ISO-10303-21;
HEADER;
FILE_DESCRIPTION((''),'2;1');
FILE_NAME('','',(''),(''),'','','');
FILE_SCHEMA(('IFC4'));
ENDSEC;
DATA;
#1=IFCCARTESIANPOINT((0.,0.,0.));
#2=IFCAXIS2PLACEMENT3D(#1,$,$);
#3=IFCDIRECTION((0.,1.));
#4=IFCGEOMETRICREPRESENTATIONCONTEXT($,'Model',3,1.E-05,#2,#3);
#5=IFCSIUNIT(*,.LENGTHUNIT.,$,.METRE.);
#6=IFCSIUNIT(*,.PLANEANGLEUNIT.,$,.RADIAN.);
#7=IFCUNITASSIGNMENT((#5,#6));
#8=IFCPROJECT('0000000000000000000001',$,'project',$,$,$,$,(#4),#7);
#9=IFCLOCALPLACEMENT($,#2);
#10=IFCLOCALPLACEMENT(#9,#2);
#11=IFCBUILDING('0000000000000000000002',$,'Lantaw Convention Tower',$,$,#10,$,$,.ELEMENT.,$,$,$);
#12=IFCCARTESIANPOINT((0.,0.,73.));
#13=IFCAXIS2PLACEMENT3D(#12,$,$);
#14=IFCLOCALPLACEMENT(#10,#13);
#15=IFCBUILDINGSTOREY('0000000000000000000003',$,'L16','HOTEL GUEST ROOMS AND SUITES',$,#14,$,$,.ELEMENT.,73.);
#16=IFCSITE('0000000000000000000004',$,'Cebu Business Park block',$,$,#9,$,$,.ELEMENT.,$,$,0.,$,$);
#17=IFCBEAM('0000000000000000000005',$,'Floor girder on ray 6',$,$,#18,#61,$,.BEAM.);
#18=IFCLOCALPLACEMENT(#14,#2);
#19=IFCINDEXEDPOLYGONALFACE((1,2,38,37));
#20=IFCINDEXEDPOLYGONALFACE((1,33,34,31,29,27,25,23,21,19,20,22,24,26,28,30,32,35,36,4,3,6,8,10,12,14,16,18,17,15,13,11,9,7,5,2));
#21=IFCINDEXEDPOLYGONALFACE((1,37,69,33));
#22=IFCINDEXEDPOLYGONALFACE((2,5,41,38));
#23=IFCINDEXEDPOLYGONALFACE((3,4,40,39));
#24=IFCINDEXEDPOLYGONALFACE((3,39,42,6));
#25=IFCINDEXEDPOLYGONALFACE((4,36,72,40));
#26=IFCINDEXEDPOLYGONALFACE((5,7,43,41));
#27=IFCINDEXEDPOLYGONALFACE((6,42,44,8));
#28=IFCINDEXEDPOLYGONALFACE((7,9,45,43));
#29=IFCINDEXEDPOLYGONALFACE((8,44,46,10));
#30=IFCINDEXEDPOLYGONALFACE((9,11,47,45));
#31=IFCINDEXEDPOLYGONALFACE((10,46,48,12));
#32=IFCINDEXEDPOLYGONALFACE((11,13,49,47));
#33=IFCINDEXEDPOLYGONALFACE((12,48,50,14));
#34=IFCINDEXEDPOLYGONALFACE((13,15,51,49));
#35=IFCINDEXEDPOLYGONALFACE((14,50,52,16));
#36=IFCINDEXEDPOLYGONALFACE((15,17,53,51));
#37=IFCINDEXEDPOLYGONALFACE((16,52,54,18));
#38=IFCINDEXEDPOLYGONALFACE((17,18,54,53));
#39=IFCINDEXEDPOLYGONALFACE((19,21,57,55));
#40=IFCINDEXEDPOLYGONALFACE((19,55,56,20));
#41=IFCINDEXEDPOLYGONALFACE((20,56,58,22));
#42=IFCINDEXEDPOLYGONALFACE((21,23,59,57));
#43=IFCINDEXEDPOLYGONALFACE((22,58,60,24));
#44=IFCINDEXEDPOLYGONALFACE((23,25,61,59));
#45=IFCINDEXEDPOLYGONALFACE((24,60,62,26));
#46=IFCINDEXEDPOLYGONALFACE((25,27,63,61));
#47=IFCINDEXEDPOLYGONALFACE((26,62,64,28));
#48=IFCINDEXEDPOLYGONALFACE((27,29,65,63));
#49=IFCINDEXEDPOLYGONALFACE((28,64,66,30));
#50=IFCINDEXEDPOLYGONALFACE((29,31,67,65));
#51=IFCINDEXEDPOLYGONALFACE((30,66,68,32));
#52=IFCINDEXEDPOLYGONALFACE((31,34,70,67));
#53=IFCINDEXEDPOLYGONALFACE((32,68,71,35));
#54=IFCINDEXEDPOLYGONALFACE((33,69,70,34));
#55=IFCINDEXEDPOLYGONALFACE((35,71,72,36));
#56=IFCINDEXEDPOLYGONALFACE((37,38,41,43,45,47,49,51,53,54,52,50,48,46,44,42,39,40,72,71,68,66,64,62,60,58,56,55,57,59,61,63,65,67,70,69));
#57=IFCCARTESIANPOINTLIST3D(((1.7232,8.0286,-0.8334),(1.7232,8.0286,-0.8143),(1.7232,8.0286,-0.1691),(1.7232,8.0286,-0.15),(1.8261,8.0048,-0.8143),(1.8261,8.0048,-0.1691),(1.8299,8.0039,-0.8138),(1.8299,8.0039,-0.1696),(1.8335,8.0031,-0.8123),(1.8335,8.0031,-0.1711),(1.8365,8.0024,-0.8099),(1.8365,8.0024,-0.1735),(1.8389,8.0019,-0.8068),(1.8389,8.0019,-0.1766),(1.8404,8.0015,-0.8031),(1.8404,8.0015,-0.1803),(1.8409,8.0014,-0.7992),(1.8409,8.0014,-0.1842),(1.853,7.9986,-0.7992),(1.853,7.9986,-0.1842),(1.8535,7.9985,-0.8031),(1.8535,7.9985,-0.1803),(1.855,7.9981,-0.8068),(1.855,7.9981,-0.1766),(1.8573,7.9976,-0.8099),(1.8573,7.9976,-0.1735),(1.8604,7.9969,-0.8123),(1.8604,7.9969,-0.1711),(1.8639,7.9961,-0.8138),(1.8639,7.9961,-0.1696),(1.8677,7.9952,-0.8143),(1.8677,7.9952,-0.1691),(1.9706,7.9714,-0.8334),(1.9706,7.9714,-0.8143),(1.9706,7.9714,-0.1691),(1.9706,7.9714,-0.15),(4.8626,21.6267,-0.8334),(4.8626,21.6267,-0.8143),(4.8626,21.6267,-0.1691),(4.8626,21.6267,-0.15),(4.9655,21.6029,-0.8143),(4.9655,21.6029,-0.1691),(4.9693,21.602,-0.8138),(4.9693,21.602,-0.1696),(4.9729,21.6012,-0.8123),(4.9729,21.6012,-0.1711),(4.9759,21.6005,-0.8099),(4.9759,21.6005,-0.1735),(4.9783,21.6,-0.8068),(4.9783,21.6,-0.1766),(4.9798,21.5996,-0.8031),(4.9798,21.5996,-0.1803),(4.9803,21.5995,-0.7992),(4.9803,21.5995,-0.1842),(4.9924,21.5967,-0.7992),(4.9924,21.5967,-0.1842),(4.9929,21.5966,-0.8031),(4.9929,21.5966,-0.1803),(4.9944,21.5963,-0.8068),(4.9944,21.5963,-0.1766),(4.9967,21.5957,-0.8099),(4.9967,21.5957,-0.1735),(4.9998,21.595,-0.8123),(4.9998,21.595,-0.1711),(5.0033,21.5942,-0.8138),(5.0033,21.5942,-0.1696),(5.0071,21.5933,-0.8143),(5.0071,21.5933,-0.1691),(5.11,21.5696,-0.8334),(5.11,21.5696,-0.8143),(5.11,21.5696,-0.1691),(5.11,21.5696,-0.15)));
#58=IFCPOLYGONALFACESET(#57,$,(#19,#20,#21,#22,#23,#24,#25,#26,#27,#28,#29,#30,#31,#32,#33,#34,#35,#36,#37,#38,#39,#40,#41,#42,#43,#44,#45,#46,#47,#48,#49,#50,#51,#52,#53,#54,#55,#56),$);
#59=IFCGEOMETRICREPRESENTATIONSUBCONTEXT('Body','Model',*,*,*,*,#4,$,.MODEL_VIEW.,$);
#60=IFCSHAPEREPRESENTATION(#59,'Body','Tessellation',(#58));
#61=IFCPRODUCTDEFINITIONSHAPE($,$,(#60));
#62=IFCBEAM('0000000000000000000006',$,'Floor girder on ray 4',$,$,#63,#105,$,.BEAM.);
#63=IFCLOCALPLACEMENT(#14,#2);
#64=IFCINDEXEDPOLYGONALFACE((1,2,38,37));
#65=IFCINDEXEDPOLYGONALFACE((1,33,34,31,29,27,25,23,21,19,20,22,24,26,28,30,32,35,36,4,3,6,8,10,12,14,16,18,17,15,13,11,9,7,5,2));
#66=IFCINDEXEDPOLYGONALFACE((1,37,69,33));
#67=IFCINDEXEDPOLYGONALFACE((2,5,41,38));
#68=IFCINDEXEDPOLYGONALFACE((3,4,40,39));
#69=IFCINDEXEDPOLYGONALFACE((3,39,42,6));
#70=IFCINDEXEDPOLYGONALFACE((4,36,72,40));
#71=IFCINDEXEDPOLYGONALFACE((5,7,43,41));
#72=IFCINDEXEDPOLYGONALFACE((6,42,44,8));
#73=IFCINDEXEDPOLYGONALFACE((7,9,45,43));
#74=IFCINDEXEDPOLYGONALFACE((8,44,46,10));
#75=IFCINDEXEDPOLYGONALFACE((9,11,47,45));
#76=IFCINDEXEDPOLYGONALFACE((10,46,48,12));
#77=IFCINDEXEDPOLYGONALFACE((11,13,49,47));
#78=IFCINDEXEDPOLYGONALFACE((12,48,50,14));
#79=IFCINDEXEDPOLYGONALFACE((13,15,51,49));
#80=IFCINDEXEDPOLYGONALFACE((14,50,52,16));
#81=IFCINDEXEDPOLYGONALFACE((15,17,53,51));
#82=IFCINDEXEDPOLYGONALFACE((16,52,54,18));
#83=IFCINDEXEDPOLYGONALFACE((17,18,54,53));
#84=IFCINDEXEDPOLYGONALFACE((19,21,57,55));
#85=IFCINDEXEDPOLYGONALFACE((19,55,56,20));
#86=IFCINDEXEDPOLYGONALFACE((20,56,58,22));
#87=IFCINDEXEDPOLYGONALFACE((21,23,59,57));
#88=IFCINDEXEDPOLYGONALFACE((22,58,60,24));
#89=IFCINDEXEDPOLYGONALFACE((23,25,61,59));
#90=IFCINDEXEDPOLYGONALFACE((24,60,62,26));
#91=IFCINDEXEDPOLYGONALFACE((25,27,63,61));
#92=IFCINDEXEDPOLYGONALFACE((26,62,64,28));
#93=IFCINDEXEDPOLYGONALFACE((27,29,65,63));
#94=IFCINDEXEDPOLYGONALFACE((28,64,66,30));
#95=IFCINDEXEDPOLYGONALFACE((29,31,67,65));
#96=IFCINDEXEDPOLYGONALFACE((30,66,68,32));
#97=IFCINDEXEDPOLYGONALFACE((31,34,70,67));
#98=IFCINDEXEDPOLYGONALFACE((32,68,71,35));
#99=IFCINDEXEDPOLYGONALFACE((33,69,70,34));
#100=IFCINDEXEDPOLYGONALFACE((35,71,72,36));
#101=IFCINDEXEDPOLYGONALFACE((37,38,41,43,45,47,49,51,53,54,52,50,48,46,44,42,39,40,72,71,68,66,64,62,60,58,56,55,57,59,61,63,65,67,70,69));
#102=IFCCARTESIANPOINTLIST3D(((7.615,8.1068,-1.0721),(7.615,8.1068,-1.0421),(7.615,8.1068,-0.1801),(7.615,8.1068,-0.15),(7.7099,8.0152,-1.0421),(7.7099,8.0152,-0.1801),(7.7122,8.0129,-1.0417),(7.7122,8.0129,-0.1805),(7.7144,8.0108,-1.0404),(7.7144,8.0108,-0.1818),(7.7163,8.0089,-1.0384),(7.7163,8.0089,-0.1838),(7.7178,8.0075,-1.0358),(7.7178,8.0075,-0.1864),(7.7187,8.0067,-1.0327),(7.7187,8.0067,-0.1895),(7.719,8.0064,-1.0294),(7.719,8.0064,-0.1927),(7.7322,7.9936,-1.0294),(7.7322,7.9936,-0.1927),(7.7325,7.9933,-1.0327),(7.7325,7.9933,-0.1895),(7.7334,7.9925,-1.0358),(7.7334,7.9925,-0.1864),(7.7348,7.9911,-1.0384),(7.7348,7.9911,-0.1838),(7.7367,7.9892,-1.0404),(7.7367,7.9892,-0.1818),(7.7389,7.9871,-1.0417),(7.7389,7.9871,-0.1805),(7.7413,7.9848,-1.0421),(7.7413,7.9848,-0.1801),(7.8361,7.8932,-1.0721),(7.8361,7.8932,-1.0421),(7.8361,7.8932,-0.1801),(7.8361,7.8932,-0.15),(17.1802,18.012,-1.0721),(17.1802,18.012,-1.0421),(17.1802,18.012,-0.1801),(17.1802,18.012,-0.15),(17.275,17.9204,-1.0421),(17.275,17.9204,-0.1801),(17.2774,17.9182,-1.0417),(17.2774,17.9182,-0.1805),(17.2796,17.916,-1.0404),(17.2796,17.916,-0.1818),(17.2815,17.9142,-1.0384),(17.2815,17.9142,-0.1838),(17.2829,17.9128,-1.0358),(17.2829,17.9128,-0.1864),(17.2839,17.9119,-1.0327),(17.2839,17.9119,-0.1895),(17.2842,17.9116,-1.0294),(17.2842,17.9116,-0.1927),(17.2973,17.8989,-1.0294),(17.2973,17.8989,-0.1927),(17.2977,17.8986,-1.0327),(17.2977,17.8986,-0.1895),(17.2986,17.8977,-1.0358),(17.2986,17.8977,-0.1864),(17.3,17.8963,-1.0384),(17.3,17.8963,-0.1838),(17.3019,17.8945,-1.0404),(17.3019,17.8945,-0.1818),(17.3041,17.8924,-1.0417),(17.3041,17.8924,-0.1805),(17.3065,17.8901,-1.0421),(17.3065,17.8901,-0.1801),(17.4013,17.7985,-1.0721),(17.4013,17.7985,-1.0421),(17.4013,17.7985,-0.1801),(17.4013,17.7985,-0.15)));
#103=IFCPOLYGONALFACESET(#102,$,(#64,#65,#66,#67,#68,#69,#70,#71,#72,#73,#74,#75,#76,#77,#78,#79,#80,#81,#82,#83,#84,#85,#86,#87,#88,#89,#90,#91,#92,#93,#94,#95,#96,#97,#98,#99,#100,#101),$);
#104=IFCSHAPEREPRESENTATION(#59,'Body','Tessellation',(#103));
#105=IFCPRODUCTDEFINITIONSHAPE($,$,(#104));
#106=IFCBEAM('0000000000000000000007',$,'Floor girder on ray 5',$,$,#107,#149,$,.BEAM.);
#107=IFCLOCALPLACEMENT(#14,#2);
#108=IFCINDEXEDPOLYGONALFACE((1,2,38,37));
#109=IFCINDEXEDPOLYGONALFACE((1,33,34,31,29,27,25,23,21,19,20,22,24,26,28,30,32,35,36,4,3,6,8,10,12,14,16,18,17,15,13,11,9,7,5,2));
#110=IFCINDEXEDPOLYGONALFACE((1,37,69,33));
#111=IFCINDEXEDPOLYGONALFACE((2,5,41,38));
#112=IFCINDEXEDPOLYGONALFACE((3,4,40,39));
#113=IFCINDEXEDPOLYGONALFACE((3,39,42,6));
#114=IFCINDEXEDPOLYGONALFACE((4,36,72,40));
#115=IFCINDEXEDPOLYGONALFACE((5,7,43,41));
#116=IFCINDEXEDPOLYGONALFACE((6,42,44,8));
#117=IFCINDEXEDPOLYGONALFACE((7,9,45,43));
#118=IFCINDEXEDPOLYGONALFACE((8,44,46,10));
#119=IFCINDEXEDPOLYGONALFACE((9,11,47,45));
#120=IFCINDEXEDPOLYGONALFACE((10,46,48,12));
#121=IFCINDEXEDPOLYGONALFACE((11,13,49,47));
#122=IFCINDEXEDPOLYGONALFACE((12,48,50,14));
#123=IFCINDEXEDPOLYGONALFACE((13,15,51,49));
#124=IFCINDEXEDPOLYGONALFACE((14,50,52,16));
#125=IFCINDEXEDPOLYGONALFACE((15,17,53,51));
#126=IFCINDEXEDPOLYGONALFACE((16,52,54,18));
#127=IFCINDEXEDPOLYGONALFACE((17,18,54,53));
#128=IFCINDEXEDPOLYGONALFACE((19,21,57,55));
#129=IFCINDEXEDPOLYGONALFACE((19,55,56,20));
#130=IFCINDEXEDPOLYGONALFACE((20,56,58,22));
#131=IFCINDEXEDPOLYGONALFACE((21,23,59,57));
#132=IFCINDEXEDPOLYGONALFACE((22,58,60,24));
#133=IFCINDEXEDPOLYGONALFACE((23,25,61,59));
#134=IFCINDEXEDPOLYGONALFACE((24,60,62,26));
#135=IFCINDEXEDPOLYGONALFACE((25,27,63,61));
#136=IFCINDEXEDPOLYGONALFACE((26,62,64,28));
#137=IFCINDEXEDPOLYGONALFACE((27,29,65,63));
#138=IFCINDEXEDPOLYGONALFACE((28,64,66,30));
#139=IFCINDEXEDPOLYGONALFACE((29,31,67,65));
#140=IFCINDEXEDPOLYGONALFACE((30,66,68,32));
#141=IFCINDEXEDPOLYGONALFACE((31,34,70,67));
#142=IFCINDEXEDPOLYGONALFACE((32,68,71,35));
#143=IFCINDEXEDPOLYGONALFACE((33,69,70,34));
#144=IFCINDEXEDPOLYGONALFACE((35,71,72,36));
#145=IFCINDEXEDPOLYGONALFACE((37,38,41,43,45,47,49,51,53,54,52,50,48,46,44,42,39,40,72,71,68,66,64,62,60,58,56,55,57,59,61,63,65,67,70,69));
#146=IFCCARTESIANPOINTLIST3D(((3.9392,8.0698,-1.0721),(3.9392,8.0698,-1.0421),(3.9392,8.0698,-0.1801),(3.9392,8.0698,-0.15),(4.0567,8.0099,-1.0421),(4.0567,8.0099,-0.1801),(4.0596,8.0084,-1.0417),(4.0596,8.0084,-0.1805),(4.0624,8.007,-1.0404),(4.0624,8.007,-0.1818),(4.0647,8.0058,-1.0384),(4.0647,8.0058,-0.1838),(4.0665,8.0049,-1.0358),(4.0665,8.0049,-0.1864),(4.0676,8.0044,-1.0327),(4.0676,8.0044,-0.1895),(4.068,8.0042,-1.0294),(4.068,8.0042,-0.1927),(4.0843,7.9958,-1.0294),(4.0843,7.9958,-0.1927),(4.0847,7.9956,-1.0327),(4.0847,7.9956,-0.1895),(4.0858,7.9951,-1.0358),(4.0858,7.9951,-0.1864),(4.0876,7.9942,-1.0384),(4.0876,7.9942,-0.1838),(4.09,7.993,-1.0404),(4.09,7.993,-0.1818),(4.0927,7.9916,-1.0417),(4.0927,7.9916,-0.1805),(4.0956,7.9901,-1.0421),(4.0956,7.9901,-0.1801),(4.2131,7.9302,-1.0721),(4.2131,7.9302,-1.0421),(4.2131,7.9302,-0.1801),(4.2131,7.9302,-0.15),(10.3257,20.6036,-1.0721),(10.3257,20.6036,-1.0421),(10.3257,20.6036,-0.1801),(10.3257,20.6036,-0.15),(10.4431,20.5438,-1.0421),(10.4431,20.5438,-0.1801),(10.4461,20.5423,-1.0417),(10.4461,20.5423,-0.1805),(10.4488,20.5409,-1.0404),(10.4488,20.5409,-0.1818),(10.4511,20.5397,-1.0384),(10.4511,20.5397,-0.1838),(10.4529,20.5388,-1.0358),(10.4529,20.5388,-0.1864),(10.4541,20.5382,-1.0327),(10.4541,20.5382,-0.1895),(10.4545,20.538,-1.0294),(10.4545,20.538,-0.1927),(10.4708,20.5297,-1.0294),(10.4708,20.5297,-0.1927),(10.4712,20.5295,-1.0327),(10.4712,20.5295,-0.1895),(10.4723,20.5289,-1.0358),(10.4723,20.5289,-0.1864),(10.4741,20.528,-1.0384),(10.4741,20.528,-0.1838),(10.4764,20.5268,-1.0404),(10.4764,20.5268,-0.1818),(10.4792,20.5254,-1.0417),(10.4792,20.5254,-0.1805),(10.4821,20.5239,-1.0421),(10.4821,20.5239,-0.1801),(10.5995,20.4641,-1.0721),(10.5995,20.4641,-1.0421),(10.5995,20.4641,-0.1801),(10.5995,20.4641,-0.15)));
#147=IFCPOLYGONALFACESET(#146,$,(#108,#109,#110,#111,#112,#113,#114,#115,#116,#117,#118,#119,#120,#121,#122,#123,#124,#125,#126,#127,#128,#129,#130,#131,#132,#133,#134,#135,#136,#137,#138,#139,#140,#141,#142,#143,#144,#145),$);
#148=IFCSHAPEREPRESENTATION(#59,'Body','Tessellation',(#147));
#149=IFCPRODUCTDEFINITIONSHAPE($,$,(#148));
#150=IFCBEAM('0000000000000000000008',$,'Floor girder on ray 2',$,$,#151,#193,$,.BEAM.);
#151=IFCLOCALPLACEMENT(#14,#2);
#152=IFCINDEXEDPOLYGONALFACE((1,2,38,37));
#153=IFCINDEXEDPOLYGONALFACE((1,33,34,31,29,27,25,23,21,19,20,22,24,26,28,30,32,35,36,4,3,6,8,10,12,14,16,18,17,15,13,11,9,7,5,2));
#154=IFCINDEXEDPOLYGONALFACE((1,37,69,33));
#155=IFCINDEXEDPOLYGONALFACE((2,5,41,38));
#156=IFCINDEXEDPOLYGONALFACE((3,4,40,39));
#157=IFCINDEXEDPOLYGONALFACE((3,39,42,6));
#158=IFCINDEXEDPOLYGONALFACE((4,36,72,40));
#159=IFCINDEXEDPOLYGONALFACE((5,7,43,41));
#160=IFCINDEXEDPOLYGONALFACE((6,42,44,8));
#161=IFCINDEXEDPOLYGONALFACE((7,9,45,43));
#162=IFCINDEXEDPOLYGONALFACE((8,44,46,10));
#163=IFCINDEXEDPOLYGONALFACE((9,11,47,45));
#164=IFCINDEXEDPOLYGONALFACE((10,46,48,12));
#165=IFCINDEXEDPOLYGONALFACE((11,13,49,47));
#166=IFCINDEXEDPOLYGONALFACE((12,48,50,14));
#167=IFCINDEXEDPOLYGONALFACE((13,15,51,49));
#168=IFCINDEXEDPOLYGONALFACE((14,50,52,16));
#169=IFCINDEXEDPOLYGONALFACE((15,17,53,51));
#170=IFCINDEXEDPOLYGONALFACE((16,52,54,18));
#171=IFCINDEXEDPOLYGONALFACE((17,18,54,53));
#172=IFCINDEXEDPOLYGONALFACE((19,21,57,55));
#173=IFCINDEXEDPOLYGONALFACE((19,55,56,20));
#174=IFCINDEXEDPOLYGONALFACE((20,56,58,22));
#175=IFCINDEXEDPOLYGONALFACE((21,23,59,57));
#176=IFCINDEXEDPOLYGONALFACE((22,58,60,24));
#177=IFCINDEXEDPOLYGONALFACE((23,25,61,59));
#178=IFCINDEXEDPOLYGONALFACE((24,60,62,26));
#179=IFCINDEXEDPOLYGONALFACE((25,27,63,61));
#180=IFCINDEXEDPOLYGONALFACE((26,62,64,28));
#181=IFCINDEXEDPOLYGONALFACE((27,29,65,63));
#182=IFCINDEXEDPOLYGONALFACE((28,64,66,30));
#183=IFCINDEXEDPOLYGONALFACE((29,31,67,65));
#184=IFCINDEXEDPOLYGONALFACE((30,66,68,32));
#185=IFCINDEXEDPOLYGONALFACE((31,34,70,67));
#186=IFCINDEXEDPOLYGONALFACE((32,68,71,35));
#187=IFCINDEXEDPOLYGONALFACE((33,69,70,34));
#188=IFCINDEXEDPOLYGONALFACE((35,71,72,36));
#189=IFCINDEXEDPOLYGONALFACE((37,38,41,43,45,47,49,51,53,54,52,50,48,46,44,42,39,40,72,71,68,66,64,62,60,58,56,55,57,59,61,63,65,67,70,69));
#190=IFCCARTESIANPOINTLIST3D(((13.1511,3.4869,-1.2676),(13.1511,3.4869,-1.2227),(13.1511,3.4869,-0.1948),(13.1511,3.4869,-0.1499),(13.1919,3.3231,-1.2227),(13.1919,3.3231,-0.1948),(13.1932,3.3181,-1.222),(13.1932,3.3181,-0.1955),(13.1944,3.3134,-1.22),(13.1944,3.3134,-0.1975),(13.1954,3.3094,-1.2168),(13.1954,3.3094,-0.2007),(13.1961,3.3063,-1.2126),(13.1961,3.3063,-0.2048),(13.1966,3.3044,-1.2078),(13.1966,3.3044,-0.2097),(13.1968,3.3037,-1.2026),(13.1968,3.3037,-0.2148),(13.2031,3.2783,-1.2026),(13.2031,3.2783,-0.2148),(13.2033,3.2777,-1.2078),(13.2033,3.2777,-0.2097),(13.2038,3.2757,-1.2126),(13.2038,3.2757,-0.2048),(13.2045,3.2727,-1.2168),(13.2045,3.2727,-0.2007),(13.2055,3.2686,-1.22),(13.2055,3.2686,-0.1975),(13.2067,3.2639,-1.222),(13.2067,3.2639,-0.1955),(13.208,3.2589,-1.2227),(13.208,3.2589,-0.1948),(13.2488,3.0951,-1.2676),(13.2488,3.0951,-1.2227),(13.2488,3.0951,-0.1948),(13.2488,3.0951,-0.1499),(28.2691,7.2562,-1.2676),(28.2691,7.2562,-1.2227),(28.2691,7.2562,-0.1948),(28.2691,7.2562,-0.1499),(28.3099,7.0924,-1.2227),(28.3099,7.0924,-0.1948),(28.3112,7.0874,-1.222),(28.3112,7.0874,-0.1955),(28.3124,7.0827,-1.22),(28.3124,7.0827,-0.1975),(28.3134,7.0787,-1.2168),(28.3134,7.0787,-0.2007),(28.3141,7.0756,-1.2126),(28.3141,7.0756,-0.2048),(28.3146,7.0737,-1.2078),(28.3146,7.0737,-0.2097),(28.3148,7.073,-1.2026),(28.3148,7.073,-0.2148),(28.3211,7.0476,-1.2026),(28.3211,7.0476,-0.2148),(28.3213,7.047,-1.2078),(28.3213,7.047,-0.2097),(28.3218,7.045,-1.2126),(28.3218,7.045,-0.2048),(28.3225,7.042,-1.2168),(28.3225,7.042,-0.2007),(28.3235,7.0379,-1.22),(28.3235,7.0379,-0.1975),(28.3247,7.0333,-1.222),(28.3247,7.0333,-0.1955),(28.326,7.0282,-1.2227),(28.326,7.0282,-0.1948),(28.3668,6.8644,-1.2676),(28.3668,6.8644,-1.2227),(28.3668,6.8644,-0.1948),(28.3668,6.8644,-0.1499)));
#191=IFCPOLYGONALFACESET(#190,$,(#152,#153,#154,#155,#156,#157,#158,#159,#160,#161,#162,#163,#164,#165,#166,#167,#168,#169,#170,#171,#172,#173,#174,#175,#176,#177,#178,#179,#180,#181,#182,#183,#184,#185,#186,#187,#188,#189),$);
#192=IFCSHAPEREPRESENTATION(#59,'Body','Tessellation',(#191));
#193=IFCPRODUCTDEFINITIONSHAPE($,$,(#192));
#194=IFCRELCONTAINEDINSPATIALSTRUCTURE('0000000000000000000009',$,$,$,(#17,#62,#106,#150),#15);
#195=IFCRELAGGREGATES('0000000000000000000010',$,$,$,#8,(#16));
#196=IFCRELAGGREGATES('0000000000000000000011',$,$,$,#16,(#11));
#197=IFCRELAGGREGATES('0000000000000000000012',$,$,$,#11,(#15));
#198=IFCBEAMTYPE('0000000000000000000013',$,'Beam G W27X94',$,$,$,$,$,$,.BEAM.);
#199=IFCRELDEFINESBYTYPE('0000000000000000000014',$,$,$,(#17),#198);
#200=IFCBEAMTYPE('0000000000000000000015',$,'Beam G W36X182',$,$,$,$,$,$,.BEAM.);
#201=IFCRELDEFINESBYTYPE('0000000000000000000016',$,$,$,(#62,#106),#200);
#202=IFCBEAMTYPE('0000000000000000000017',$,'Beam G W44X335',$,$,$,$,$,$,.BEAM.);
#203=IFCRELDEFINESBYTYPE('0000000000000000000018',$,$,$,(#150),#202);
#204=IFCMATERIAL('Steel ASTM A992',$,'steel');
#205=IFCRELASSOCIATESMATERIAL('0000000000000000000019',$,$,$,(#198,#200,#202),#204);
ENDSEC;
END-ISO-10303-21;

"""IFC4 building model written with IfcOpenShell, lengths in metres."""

from ifc_helpers import new_model, si_unit, direction, frame, origin, origin_2d, place, context, subcontext, project, spatial, i_section, extrude, material, material_profile, profile_set, type_object, element, save


model = new_model("IFC4")

# Units and contexts
model_context = context("Model", 3, precision=1e-05, world=origin(), true_north=direction((0.0, 1.0)))
body_context = subcontext(model_context, "Body", "Model", "MODEL_VIEW")
ifc_project = project(units=[si_unit("LENGTHUNIT", "METRE"), si_unit("PLANEANGLEUNIT", "RADIAN")], contexts=[model_context])

# Site, building, storey
site_placement = place(None, origin())
site = spatial("IfcSite", under=ifc_project, at=site_placement, Name="Cebu Business Park block", CompositionType="ELEMENT", RefElevation=0.0)
building_placement = place(site_placement, origin())
building = spatial("IfcBuilding", under=site, at=building_placement, Name="Lantaw Convention Tower", CompositionType="ELEMENT")
storey_placement = place(building_placement, frame((0.0, 0.0, 73.0)))
storey = spatial("IfcBuildingStorey", under=building, at=storey_placement, Name="L16", Description="HOTEL GUEST ROOMS AND SUITES", CompositionType="ELEMENT", Elevation=73.0)

# Beams
ifc_material_1 = material(Name="Steel ASTM A992", Category="steel")
ifc_material_profile_1 = material_profile(ifc_material_1, i_section(OverallWidth=0.2539, OverallDepth=0.6833, WebThickness=0.0125, FlangeThickness=0.019, FilletRadius=0.0151, at=origin_2d()), Name="W27X94")
ifc_profile_set_1 = profile_set([ifc_material_profile_1], Name="Steel ASTM A992")
beam_type_1 = type_object("IfcBeamType", Name="Beam G W27X94", PredefinedType="BEAM", material=ifc_profile_set_1)
beam_1_placement = place(storey_placement, frame((1.8469, 8.0, -0.4917), z_axis=(0.224953, 0.97437, 0.0), x_axis=(-0.97437, 0.224953, 0.0)))
element("IfcBeam", 1, at=beam_1_placement, inside=storey, type_object=beam_type_1, Name="Floor girder on ray 6", PredefinedType="BEAM", context=body_context, shape_type="SweptSolid", body=[
    extrude(i_section(OverallWidth=0.2539, OverallDepth=0.6833, WebThickness=0.0125, FlangeThickness=0.019, FilletRadius=0.0151, at=origin_2d()), origin(), (0.0, 0.0, 1.0), 13.9558),
])
ifc_material_profile_2 = material_profile(ifc_material_1, i_section(OverallWidth=0.3074, OverallDepth=0.9221, WebThickness=0.0183, FlangeThickness=0.03, FilletRadius=0.0127, at=origin_2d()), Name="W36X182")
ifc_profile_set_2 = profile_set([ifc_material_profile_2], Name="Steel ASTM A992")
beam_type_2 = type_object("IfcBeamType", Name="Beam G W36X182", PredefinedType="BEAM", material=ifc_profile_set_2)
beam_2_placement = place(storey_placement, frame((7.7256, 8.0, -0.6111), z_axis=(0.69465, 0.719348, 0.0), x_axis=(-0.719348, 0.69465, 0.0)))
element("IfcBeam", 2, at=beam_2_placement, inside=storey, type_object=beam_type_2, Name="Floor girder on ray 4", PredefinedType="BEAM", context=body_context, shape_type="SweptSolid", body=[
    extrude(i_section(OverallWidth=0.3074, OverallDepth=0.9221, WebThickness=0.0183, FlangeThickness=0.03, FilletRadius=0.0127, at=origin_2d()), origin(), (0.0, 0.0, 1.0), 13.7698),
])
beam_3_placement = place(storey_placement, frame((4.0762, 8.0, -0.6111), z_axis=(0.453997, 0.891003, 0.0), x_axis=(-0.891003, 0.453997, 0.0)))
element("IfcBeam", 3, at=beam_3_placement, inside=storey, type_object=beam_type_2, Name="Floor girder on ray 5", PredefinedType="BEAM", context=body_context, shape_type="SweptSolid", body=[
    extrude(i_section(OverallWidth=0.3074, OverallDepth=0.9221, WebThickness=0.0183, FlangeThickness=0.03, FilletRadius=0.0127, at=origin_2d()), origin(), (0.0, 0.0, 1.0), 14.0671),
])
ifc_material_profile_3 = material_profile(ifc_material_1, i_section(OverallWidth=0.4038, OverallDepth=1.1177, WebThickness=0.0261, FlangeThickness=0.0449, FilletRadius=0.02, at=origin_2d()), Name="W44X335")
ifc_profile_set_3 = profile_set([ifc_material_profile_3], Name="Steel ASTM A992")
beam_type_3 = type_object("IfcBeamType", Name="Beam G W44X335", PredefinedType="BEAM", material=ifc_profile_set_3)
beam_4_placement = place(storey_placement, frame((13.2, 3.291, -0.7087), z_axis=(0.970296, 0.24192, 0.0), x_axis=(-0.24192, 0.970296, 0.0)))
element("IfcBeam", 4, at=beam_4_placement, inside=storey, type_object=beam_type_3, Name="Floor girder on ray 2", PredefinedType="BEAM", context=body_context, shape_type="SweptSolid", body=[
    extrude(i_section(OverallWidth=0.4038, OverallDepth=1.1177, WebThickness=0.0261, FlangeThickness=0.0449, FilletRadius=0.02, at=origin_2d()), origin(), (0.0, 0.0, 1.0), 15.5808),
])

save(model, "model.ifc")
